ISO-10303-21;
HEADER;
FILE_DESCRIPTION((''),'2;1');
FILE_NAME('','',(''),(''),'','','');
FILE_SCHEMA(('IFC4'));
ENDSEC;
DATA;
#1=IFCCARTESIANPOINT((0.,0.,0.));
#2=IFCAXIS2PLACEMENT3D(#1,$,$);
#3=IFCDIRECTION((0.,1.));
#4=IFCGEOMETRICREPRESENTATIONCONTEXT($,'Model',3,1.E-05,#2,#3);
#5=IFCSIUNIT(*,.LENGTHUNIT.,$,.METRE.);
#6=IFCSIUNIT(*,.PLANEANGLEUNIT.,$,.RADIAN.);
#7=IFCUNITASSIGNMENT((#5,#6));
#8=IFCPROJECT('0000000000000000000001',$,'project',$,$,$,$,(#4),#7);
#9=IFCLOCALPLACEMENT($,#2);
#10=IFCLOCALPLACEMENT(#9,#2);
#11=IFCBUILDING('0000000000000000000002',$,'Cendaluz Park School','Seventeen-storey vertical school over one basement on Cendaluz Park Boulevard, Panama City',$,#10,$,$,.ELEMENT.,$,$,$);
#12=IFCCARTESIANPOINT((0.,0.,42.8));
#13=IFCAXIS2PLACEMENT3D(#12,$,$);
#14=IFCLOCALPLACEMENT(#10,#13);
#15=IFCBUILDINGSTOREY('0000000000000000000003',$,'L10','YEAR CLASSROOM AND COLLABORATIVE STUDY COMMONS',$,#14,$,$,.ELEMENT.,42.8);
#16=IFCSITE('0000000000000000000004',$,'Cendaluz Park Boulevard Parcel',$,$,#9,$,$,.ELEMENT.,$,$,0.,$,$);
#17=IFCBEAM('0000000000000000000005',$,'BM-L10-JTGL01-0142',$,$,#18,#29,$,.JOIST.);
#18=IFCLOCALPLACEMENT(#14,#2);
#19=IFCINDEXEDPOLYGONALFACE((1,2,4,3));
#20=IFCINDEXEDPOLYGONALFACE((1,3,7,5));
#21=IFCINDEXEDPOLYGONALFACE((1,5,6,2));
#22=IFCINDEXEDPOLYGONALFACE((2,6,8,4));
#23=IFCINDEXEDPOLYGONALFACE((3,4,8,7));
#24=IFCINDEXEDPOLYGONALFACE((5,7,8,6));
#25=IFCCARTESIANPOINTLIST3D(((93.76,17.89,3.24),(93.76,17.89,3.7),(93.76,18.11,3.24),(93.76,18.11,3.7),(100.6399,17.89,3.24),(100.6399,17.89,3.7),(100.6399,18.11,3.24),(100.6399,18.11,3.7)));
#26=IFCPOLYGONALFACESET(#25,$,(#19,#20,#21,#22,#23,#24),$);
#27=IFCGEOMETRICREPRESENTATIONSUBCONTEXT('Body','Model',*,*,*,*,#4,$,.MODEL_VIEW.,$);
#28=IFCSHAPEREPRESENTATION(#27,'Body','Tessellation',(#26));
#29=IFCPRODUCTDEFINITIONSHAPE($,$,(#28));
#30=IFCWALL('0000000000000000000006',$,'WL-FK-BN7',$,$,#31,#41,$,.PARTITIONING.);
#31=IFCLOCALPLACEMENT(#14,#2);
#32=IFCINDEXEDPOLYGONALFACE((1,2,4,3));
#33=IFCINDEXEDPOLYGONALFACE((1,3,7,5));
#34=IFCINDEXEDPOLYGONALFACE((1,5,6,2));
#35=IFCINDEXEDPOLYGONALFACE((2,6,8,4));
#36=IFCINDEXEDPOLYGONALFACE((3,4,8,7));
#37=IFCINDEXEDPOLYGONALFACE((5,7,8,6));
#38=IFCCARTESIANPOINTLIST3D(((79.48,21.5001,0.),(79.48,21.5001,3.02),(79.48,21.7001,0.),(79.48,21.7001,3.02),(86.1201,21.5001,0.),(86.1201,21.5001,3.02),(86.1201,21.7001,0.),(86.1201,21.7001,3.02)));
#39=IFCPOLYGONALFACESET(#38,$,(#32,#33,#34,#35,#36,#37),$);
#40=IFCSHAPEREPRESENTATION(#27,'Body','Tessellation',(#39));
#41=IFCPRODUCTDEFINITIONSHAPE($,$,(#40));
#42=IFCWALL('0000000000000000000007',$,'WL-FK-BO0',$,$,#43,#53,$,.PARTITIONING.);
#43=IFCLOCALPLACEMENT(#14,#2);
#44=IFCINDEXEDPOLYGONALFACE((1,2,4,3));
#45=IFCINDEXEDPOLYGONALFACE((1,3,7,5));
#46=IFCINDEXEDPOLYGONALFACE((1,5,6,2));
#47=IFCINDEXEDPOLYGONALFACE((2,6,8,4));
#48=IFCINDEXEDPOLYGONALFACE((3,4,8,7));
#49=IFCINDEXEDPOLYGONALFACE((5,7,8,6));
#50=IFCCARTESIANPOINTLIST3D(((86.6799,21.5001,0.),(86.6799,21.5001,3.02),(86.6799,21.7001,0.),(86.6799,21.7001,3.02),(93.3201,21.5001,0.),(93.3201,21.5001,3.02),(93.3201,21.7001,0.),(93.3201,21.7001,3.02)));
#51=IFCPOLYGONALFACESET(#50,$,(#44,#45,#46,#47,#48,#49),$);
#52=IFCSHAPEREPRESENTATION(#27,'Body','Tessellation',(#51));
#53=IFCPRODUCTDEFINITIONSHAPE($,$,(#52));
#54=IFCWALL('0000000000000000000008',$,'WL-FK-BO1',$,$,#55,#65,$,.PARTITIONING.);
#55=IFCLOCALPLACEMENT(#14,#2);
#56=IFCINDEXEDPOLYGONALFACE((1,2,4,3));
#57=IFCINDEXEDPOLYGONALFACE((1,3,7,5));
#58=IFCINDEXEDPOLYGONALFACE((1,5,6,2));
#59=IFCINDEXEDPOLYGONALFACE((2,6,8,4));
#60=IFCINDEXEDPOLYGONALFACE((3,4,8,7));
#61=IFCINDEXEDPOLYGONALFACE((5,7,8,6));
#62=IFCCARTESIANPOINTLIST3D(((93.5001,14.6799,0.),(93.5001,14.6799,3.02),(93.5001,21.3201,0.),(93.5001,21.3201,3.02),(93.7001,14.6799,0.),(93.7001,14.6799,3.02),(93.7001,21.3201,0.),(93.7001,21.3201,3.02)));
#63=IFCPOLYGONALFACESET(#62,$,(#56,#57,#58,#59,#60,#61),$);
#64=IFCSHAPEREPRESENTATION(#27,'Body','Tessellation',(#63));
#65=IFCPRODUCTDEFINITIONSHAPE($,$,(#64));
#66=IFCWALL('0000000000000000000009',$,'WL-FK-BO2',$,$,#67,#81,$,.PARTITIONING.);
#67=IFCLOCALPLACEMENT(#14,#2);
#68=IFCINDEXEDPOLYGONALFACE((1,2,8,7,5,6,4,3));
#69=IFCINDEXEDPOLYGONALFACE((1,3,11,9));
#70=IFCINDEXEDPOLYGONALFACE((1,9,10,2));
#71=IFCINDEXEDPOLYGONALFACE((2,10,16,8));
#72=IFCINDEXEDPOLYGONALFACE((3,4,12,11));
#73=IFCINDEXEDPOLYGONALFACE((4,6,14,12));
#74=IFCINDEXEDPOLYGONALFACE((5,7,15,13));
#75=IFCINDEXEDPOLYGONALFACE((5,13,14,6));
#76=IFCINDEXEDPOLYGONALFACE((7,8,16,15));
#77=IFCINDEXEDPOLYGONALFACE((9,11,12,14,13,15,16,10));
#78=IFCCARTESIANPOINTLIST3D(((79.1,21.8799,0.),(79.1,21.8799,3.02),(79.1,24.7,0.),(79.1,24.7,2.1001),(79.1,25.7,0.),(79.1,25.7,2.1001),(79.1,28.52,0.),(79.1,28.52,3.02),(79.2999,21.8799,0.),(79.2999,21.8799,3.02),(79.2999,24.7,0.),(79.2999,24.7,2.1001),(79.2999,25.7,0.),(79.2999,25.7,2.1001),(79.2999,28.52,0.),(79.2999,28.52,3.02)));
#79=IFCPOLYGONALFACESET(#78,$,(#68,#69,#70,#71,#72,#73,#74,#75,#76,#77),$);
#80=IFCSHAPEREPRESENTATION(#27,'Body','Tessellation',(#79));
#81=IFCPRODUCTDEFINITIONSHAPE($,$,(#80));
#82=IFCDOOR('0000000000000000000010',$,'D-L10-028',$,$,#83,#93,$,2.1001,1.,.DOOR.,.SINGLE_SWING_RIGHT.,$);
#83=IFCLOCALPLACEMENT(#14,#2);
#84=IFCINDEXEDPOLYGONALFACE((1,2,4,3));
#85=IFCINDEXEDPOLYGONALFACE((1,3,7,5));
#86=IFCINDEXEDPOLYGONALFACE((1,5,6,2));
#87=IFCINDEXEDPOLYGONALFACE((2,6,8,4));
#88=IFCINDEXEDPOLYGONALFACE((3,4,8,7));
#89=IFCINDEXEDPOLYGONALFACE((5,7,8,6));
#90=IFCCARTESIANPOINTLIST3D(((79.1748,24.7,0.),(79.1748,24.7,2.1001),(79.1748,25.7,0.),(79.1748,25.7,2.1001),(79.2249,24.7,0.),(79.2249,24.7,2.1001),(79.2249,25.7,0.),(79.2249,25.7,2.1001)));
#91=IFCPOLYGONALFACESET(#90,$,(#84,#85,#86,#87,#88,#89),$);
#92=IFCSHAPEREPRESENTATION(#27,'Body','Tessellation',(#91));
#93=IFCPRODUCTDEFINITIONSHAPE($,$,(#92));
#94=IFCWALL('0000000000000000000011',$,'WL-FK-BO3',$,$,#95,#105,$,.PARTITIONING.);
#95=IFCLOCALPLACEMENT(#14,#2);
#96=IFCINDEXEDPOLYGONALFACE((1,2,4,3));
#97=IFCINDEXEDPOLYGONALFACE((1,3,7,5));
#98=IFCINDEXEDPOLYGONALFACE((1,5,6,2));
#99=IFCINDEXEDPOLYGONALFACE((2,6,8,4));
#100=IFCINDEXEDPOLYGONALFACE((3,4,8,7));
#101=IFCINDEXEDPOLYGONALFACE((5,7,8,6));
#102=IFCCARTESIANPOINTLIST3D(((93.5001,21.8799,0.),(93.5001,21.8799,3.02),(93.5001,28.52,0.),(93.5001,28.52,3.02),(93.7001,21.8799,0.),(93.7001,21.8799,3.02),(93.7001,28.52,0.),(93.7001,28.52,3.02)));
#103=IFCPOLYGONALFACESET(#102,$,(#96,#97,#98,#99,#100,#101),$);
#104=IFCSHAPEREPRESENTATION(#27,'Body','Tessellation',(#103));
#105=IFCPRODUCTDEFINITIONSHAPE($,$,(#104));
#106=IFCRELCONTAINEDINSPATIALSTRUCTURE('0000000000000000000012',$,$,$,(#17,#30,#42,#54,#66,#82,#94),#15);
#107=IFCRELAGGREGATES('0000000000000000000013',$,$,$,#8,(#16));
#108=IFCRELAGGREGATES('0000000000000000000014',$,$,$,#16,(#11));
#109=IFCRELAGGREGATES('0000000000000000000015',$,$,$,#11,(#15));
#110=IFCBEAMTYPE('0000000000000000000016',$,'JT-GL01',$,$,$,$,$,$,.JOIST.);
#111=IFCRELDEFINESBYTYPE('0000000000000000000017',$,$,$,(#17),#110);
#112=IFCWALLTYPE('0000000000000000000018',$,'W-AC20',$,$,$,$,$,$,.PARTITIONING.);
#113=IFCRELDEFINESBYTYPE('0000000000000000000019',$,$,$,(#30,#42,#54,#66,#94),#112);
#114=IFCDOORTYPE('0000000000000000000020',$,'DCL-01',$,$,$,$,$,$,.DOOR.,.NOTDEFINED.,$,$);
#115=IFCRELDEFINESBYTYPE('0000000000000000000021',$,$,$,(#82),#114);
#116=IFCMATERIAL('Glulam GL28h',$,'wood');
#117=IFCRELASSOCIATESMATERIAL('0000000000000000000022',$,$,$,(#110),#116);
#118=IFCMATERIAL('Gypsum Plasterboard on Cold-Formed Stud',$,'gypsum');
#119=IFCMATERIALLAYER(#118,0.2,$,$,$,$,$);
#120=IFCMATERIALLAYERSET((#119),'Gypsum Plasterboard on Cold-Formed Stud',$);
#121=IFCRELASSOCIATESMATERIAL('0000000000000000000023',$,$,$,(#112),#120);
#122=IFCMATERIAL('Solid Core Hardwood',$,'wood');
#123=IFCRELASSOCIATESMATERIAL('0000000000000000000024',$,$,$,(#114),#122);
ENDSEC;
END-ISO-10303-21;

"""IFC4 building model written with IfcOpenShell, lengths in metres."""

from ifc_helpers import new_model, si_unit, direction, frame, frame_2d, origin, origin_2d, place, context, subcontext, project, spatial, rectangle, extrude, material, layer, layer_set, material_profile, profile_set, type_object, element, fill, save


model = new_model("IFC4")

# Units and contexts
model_context = context("Model", 3, precision=1e-05, world=origin(), true_north=direction((0.0, 1.0)))
body_context = subcontext(model_context, "Body", "Model", "MODEL_VIEW")
ifc_project = project(units=[si_unit("LENGTHUNIT", "METRE"), si_unit("PLANEANGLEUNIT", "RADIAN")], contexts=[model_context])

# Site, building, storey
site_placement = place(None, origin())
site = spatial("IfcSite", under=ifc_project, at=site_placement, Name="Cendaluz Park Boulevard Parcel", CompositionType="ELEMENT", RefElevation=0.0)
building_placement = place(site_placement, origin())
building = spatial("IfcBuilding", under=site, at=building_placement, Name="Cendaluz Park School", Description="Seventeen-storey vertical school over one basement on Cendaluz Park Boulevard, Panama City", CompositionType="ELEMENT")
storey_placement = place(building_placement, frame((0.0, 0.0, 42.8)))
storey = spatial("IfcBuildingStorey", under=building, at=storey_placement, Name="L10", Description="YEAR CLASSROOM AND COLLABORATIVE STUDY COMMONS", CompositionType="ELEMENT", Elevation=42.8)

# Beam
ifc_material_1 = material(Name="Glulam GL28h", Category="wood")
ifc_material_profile_1 = material_profile(ifc_material_1, rectangle(XDim=0.22, YDim=0.46, at=origin_2d()), Name="GL28h 220x460", Category="wood")
ifc_profile_set_1 = profile_set([ifc_material_profile_1], Name="Glulam GL28h")
beam_type_1 = type_object("IfcBeamType", Name="JT-GL01", PredefinedType="JOIST", material=ifc_profile_set_1)
for number, where, z_axis, x_axis, name in (
    (1, (93.76, 18.0, 3.47), (1.0, 0.0, 0.0), (0.0, 1.0, 0.0), "BM-L10-JTGL01-0142"),
):
    element("IfcBeam", number, at=place(storey_placement, frame(where, z_axis=z_axis, x_axis=x_axis)), inside=storey, type_object=beam_type_1, Name=name, PredefinedType="JOIST", context=body_context, shape_type="SweptSolid", body=[
        extrude(rectangle(XDim=0.22, YDim=0.46, at=origin_2d()), origin(), (0.0, 0.0, 1.0), 6.8799),
    ])

# Walls
ifc_material_2 = material(Name="Gypsum Plasterboard on Cold-Formed Stud", Category="gypsum")
ifc_layer = layer(ifc_material_2, 0.2)
ifc_layer_set = layer_set([ifc_layer], Name="Gypsum Plasterboard on Cold-Formed Stud")
wall_type = type_object("IfcWallType", Name="W-AC20", PredefinedType="PARTITIONING", material=ifc_layer_set)
for number, where, z_axis, x_axis, name in (
    (2, (79.48, 21.6001, 0.0), (0.0, 0.0, 1.0), (1.0, 0.0, 0.0), "WL-FK-BN7"),
    (3, (86.6799, 21.6001, 0.0), (0.0, 0.0, 1.0), (1.0, 0.0, 0.0), "WL-FK-BO0"),
    (4, (93.6001, 14.6799, 0.0), (0.0, 0.0, 1.0), (0.0, 1.0, 0.0), "WL-FK-BO1"),
):
    element("IfcWall", number, at=place(storey_placement, frame(where, z_axis=z_axis, x_axis=x_axis)), inside=storey, type_object=wall_type, Name=name, PredefinedType="PARTITIONING", context=body_context, shape_type="SweptSolid", body=[
        extrude(rectangle(XDim=6.6401, YDim=0.2, at=frame_2d((3.3201, 0.0))), origin(), (0.0, 0.0, 1.0), 3.02),
    ])

# Wall, opening, door
wall_1_placement = place(storey_placement, frame((79.2, 21.8799, 0.0), z_axis=(0.0, 0.0, 1.0), x_axis=(0.0, 1.0, 0.0)))
wall_1 = element("IfcWall", 5, at=wall_1_placement, inside=storey, type_object=wall_type, Name="WL-FK-BO2", PredefinedType="PARTITIONING", context=body_context, shape_type="SweptSolid", body=[
    extrude(rectangle(XDim=6.6401, YDim=0.2, at=frame_2d((3.3201, 0.0))), origin(), (0.0, 0.0, 1.0), 3.02),
])
opening_placement = place(wall_1_placement, frame((2.8201, 0.0, 0.0)))
opening = element("IfcOpeningElement", 6, at=opening_placement, cuts=wall_1, PredefinedType="OPENING", context=body_context, shape_type="SweptSolid", body=[
    extrude(rectangle(XDim=1.0, YDim=2.1001, at=frame_2d((0.5, 1.05))), frame((0.0, 0.1121, 0.0), z_axis=(0.0, -1.0, 0.0), x_axis=(1.0, 0.0, 0.0)), (0.0, 0.0, 1.0), 0.2239),
])
ifc_material_3 = material(Name="Solid Core Hardwood", Category="wood")
door_type = type_object("IfcDoorType", Name="DCL-01", OperationType="NOTDEFINED", PredefinedType="DOOR", material=ifc_material_3)
door_placement = place(opening_placement, frame((1.0, 0.0, 0.0), z_axis=(0.0, 0.0, 1.0), x_axis=(-1.0, 0.0, 0.0)))
door = element("IfcDoor", 7, at=door_placement, inside=storey, type_object=door_type, Name="D-L10-028", OperationType="SINGLE_SWING_RIGHT", OverallHeight=2.1001, OverallWidth=1.0, PredefinedType="DOOR", context=body_context, shape_type="SweptSolid", body=[
    extrude(rectangle(XDim=1.0, YDim=2.1001, at=frame_2d((0.5, 1.05))), frame((0.0, 0.0249, 0.0), z_axis=(0.0, -1.0, 0.0), x_axis=(1.0, 0.0, 0.0)), (0.0, 0.0, 1.0), 0.05),
])
fill(opening, door)

# Wall
wall_2_placement = place(storey_placement, frame((93.6001, 21.8799, 0.0), z_axis=(0.0, 0.0, 1.0), x_axis=(0.0, 1.0, 0.0)))
element("IfcWall", 8, at=wall_2_placement, inside=storey, type_object=wall_type, Name="WL-FK-BO3", PredefinedType="PARTITIONING", context=body_context, shape_type="SweptSolid", body=[
    extrude(rectangle(XDim=6.6401, YDim=0.2, at=frame_2d((3.3201, 0.0))), origin(), (0.0, 0.0, 1.0), 3.02),
])

save(model, "model.ifc")
